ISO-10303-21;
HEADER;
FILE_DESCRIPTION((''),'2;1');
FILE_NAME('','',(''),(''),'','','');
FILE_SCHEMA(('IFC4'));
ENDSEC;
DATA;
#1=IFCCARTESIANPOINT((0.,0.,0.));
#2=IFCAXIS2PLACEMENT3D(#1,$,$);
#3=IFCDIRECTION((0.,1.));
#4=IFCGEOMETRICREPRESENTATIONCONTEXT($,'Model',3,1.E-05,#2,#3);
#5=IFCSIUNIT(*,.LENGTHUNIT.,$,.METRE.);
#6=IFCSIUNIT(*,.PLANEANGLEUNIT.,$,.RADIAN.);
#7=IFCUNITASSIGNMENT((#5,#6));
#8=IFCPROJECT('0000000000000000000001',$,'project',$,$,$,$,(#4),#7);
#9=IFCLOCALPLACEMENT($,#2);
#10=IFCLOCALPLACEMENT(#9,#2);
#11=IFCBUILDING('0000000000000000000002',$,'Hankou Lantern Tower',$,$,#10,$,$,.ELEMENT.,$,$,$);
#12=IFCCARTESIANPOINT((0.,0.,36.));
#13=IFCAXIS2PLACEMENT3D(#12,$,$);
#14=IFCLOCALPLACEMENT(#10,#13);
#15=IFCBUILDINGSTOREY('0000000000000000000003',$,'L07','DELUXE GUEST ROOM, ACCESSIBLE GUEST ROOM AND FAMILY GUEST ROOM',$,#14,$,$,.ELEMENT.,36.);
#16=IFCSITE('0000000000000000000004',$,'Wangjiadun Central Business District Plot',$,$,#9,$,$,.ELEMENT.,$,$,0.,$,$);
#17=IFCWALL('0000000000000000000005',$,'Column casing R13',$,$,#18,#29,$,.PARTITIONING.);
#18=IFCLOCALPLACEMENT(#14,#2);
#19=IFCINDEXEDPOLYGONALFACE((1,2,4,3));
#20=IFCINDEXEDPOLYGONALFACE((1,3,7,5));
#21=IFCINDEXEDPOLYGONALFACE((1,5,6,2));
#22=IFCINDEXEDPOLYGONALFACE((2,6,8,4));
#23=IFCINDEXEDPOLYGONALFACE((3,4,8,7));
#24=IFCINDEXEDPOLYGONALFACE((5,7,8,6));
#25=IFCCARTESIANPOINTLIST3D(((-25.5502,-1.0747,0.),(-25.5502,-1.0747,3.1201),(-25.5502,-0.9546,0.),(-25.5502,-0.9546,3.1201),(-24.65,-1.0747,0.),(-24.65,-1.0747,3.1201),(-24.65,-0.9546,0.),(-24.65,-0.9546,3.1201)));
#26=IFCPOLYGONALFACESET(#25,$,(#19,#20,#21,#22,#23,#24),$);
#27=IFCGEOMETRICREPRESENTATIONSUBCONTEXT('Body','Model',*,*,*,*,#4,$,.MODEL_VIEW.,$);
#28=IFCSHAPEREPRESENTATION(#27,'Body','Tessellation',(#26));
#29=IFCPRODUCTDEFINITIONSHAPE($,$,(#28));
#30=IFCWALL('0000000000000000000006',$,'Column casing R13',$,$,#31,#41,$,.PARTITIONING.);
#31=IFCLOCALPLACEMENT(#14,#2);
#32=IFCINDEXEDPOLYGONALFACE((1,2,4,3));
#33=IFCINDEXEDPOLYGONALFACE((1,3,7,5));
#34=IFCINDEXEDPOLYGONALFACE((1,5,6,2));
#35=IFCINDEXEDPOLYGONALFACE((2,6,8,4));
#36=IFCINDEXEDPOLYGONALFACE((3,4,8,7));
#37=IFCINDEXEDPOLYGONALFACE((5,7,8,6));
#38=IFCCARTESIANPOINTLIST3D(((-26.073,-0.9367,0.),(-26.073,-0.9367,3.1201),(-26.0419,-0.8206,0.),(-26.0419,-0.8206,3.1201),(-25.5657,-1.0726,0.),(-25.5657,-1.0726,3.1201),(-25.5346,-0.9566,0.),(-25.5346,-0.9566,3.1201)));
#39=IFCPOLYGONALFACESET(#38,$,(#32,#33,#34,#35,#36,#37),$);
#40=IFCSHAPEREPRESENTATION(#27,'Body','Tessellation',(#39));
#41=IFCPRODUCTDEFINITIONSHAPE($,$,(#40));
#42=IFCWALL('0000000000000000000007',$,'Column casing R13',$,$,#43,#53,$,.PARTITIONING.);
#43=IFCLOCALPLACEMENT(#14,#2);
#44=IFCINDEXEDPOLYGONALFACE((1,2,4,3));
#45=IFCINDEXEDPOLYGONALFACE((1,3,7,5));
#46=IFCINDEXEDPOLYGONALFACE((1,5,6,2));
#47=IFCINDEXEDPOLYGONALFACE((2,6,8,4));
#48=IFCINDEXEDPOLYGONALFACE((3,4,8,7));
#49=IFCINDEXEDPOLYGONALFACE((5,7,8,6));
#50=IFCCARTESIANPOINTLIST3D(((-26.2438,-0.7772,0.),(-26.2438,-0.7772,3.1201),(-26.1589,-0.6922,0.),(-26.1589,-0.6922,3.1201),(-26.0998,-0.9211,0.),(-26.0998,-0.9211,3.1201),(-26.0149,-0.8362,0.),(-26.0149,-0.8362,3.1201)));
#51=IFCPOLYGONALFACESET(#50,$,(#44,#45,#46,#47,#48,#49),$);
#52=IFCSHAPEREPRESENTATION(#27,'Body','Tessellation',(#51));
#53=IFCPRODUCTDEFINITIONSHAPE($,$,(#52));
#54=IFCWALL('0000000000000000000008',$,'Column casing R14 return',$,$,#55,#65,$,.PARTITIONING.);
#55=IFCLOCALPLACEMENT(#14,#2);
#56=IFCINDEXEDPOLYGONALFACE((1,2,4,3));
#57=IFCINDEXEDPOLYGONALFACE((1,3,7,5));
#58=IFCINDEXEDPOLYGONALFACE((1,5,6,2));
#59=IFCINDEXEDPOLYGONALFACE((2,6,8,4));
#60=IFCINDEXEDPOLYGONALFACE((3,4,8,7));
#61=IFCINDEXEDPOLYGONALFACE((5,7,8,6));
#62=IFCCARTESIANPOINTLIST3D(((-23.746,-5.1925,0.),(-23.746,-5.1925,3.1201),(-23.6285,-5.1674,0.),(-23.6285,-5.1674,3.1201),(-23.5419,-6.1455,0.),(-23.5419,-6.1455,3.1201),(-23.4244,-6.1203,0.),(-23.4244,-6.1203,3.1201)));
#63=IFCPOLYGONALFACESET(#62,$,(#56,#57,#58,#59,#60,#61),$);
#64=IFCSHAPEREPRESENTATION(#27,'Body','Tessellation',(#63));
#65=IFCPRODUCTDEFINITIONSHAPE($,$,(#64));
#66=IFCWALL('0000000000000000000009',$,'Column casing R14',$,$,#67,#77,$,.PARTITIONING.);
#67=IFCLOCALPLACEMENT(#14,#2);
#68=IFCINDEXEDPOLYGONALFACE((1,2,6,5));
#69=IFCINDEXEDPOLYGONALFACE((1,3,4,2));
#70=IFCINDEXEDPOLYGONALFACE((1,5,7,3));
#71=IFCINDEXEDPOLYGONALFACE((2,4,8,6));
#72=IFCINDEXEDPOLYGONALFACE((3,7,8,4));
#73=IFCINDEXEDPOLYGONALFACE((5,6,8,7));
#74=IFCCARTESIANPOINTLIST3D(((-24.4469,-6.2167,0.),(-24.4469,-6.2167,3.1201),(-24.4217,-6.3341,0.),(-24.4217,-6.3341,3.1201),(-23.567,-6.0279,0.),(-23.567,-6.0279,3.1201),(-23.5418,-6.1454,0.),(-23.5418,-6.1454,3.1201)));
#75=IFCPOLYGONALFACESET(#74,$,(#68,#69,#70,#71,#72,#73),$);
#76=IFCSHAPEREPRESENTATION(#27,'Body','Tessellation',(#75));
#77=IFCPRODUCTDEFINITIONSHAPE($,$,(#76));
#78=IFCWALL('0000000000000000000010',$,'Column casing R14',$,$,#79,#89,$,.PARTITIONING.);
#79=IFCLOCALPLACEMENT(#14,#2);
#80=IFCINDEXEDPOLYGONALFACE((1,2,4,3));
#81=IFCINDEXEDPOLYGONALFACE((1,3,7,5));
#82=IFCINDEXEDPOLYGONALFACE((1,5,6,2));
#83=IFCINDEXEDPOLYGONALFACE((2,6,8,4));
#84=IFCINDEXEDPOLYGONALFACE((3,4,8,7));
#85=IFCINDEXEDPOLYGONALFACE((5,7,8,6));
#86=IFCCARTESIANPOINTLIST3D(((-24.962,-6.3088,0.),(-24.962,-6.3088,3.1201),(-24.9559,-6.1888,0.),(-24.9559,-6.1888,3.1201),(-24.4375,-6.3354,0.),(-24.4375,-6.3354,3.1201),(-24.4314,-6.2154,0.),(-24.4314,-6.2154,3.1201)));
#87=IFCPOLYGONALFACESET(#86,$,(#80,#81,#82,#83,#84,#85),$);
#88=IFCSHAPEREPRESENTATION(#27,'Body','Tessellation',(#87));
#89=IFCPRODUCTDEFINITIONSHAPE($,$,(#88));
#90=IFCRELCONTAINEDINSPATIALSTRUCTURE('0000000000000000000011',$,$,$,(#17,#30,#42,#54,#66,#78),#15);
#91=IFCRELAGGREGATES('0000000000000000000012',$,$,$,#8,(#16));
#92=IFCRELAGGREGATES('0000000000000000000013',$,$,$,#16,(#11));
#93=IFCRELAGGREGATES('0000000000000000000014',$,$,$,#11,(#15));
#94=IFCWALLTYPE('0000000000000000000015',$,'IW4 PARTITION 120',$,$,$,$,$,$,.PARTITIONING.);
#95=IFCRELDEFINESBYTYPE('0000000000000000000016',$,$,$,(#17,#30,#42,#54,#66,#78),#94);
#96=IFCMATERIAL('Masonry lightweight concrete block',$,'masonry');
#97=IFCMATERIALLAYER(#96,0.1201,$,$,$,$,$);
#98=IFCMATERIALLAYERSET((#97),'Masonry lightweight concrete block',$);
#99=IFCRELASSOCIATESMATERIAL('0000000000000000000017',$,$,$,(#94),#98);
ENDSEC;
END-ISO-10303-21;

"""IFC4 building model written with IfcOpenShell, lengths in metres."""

from ifc_helpers import new_model, si_unit, direction, frame, frame_2d, origin, place, context, subcontext, project, spatial, rectangle, extrude, material, layer, layer_set, type_object, element, save


model = new_model("IFC4")

# Units and contexts
model_context = context("Model", 3, precision=1e-05, world=origin(), true_north=direction((0.0, 1.0)))
body_context = subcontext(model_context, "Body", "Model", "MODEL_VIEW")
ifc_project = project(units=[si_unit("LENGTHUNIT", "METRE"), si_unit("PLANEANGLEUNIT", "RADIAN")], contexts=[model_context])

# Site, building, storey
site_placement = place(None, origin())
site = spatial("IfcSite", under=ifc_project, at=site_placement, Name="Wangjiadun Central Business District Plot", CompositionType="ELEMENT", RefElevation=0.0)
building_placement = place(site_placement, origin())
building = spatial("IfcBuilding", under=site, at=building_placement, Name="Hankou Lantern Tower", CompositionType="ELEMENT")
storey_placement = place(building_placement, frame((0.0, 0.0, 36.0)))
storey = spatial("IfcBuildingStorey", under=building, at=storey_placement, Name="L07", Description="DELUXE GUEST ROOM, ACCESSIBLE GUEST ROOM AND FAMILY GUEST ROOM", CompositionType="ELEMENT", Elevation=36.0)

# Walls
ifc_material_1 = material(Name="Masonry lightweight concrete block", Category="masonry")
ifc_layer_1 = layer(ifc_material_1, 0.1201)
ifc_layer_set_1 = layer_set([ifc_layer_1], Name="Masonry lightweight concrete block")
wall_type_1 = type_object("IfcWallType", Name="IW4 PARTITION 120", PredefinedType="PARTITIONING", material=ifc_layer_set_1)
wall_1_placement = place(storey_placement, frame((-24.6499, -1.0146, 0.0), z_axis=(0.0, 0.0, 1.0), x_axis=(-1.0, 0.0, 0.0)))
element("IfcWall", 1, at=wall_1_placement, inside=storey, type_object=wall_type_1, Name="Column casing R13", PredefinedType="PARTITIONING", context=body_context, shape_type="SweptSolid", body=[
    extrude(rectangle(XDim=0.9001, YDim=0.1201, at=frame_2d((0.4502, 0.0))), origin(), (0.0, 0.0, 1.0), 3.1201),
])
wall_2_placement = place(storey_placement, frame((-25.55, -1.0146, 0.0), z_axis=(0.0, 0.0, 1.0), x_axis=(-0.965902, 0.258906, 0.0)))
element("IfcWall", 2, at=wall_2_placement, inside=storey, type_object=wall_type_1, Name="Column casing R13", PredefinedType="PARTITIONING", context=body_context, shape_type="SweptSolid", body=[
    extrude(rectangle(XDim=0.5251, YDim=0.1201, at=frame_2d((0.2627, 0.0))), origin(), (0.0, 0.0, 1.0), 3.1201),
])
wall_3_placement = place(storey_placement, frame((-26.0574, -0.8787, 0.0), z_axis=(0.0, 0.0, 1.0), x_axis=(-0.707107, 0.707107, 0.0)))
element("IfcWall", 3, at=wall_3_placement, inside=storey, type_object=wall_type_1, Name="Column casing R13", PredefinedType="PARTITIONING", context=body_context, shape_type="SweptSolid", body=[
    extrude(rectangle(XDim=0.2036, YDim=0.1201, at=frame_2d((0.1018, 0.0))), origin(), (0.0, 0.0, 1.0), 3.1201),
])
wall_4_placement = place(storey_placement, frame((-23.6873, -5.1799, 0.0), z_axis=(0.0, 0.0, 1.0), x_axis=(0.209444, -0.977821, 0.0)))
element("IfcWall", 4, at=wall_4_placement, inside=storey, type_object=wall_type_1, Name="Column casing R14 return", PredefinedType="PARTITIONING", context=body_context, shape_type="SweptSolid", body=[
    extrude(rectangle(XDim=0.9746, YDim=0.1201, at=frame_2d((0.4873, 0.0))), origin(), (0.0, 0.0, 1.0), 3.1201),
])
wall_5_placement = place(storey_placement, frame((-23.5544, -6.0867, 0.0), z_axis=(0.0, 0.0, 1.0), x_axis=(-0.977763, -0.209714, 0.0)))
element("IfcWall", 5, at=wall_5_placement, inside=storey, type_object=wall_type_1, Name="Column casing R14", PredefinedType="PARTITIONING", context=body_context, shape_type="SweptSolid", body=[
    extrude(rectangle(XDim=0.8999, YDim=0.1201, at=frame_2d((0.45, 0.0))), origin(), (0.0, 0.0, 1.0), 3.1201),
])
wall_6_placement = place(storey_placement, frame((-24.4343, -6.2754, 0.0), z_axis=(0.0, 0.0, 1.0), x_axis=(-0.998715, 0.05068, 0.0)))
element("IfcWall", 6, at=wall_6_placement, inside=storey, type_object=wall_type_1, Name="Column casing R14", PredefinedType="PARTITIONING", context=body_context, shape_type="SweptSolid", body=[
    extrude(rectangle(XDim=0.5251, YDim=0.1201, at=frame_2d((0.2627, 0.0))), origin(), (0.0, 0.0, 1.0), 3.1201),
])

save(model, "model.ifc")
